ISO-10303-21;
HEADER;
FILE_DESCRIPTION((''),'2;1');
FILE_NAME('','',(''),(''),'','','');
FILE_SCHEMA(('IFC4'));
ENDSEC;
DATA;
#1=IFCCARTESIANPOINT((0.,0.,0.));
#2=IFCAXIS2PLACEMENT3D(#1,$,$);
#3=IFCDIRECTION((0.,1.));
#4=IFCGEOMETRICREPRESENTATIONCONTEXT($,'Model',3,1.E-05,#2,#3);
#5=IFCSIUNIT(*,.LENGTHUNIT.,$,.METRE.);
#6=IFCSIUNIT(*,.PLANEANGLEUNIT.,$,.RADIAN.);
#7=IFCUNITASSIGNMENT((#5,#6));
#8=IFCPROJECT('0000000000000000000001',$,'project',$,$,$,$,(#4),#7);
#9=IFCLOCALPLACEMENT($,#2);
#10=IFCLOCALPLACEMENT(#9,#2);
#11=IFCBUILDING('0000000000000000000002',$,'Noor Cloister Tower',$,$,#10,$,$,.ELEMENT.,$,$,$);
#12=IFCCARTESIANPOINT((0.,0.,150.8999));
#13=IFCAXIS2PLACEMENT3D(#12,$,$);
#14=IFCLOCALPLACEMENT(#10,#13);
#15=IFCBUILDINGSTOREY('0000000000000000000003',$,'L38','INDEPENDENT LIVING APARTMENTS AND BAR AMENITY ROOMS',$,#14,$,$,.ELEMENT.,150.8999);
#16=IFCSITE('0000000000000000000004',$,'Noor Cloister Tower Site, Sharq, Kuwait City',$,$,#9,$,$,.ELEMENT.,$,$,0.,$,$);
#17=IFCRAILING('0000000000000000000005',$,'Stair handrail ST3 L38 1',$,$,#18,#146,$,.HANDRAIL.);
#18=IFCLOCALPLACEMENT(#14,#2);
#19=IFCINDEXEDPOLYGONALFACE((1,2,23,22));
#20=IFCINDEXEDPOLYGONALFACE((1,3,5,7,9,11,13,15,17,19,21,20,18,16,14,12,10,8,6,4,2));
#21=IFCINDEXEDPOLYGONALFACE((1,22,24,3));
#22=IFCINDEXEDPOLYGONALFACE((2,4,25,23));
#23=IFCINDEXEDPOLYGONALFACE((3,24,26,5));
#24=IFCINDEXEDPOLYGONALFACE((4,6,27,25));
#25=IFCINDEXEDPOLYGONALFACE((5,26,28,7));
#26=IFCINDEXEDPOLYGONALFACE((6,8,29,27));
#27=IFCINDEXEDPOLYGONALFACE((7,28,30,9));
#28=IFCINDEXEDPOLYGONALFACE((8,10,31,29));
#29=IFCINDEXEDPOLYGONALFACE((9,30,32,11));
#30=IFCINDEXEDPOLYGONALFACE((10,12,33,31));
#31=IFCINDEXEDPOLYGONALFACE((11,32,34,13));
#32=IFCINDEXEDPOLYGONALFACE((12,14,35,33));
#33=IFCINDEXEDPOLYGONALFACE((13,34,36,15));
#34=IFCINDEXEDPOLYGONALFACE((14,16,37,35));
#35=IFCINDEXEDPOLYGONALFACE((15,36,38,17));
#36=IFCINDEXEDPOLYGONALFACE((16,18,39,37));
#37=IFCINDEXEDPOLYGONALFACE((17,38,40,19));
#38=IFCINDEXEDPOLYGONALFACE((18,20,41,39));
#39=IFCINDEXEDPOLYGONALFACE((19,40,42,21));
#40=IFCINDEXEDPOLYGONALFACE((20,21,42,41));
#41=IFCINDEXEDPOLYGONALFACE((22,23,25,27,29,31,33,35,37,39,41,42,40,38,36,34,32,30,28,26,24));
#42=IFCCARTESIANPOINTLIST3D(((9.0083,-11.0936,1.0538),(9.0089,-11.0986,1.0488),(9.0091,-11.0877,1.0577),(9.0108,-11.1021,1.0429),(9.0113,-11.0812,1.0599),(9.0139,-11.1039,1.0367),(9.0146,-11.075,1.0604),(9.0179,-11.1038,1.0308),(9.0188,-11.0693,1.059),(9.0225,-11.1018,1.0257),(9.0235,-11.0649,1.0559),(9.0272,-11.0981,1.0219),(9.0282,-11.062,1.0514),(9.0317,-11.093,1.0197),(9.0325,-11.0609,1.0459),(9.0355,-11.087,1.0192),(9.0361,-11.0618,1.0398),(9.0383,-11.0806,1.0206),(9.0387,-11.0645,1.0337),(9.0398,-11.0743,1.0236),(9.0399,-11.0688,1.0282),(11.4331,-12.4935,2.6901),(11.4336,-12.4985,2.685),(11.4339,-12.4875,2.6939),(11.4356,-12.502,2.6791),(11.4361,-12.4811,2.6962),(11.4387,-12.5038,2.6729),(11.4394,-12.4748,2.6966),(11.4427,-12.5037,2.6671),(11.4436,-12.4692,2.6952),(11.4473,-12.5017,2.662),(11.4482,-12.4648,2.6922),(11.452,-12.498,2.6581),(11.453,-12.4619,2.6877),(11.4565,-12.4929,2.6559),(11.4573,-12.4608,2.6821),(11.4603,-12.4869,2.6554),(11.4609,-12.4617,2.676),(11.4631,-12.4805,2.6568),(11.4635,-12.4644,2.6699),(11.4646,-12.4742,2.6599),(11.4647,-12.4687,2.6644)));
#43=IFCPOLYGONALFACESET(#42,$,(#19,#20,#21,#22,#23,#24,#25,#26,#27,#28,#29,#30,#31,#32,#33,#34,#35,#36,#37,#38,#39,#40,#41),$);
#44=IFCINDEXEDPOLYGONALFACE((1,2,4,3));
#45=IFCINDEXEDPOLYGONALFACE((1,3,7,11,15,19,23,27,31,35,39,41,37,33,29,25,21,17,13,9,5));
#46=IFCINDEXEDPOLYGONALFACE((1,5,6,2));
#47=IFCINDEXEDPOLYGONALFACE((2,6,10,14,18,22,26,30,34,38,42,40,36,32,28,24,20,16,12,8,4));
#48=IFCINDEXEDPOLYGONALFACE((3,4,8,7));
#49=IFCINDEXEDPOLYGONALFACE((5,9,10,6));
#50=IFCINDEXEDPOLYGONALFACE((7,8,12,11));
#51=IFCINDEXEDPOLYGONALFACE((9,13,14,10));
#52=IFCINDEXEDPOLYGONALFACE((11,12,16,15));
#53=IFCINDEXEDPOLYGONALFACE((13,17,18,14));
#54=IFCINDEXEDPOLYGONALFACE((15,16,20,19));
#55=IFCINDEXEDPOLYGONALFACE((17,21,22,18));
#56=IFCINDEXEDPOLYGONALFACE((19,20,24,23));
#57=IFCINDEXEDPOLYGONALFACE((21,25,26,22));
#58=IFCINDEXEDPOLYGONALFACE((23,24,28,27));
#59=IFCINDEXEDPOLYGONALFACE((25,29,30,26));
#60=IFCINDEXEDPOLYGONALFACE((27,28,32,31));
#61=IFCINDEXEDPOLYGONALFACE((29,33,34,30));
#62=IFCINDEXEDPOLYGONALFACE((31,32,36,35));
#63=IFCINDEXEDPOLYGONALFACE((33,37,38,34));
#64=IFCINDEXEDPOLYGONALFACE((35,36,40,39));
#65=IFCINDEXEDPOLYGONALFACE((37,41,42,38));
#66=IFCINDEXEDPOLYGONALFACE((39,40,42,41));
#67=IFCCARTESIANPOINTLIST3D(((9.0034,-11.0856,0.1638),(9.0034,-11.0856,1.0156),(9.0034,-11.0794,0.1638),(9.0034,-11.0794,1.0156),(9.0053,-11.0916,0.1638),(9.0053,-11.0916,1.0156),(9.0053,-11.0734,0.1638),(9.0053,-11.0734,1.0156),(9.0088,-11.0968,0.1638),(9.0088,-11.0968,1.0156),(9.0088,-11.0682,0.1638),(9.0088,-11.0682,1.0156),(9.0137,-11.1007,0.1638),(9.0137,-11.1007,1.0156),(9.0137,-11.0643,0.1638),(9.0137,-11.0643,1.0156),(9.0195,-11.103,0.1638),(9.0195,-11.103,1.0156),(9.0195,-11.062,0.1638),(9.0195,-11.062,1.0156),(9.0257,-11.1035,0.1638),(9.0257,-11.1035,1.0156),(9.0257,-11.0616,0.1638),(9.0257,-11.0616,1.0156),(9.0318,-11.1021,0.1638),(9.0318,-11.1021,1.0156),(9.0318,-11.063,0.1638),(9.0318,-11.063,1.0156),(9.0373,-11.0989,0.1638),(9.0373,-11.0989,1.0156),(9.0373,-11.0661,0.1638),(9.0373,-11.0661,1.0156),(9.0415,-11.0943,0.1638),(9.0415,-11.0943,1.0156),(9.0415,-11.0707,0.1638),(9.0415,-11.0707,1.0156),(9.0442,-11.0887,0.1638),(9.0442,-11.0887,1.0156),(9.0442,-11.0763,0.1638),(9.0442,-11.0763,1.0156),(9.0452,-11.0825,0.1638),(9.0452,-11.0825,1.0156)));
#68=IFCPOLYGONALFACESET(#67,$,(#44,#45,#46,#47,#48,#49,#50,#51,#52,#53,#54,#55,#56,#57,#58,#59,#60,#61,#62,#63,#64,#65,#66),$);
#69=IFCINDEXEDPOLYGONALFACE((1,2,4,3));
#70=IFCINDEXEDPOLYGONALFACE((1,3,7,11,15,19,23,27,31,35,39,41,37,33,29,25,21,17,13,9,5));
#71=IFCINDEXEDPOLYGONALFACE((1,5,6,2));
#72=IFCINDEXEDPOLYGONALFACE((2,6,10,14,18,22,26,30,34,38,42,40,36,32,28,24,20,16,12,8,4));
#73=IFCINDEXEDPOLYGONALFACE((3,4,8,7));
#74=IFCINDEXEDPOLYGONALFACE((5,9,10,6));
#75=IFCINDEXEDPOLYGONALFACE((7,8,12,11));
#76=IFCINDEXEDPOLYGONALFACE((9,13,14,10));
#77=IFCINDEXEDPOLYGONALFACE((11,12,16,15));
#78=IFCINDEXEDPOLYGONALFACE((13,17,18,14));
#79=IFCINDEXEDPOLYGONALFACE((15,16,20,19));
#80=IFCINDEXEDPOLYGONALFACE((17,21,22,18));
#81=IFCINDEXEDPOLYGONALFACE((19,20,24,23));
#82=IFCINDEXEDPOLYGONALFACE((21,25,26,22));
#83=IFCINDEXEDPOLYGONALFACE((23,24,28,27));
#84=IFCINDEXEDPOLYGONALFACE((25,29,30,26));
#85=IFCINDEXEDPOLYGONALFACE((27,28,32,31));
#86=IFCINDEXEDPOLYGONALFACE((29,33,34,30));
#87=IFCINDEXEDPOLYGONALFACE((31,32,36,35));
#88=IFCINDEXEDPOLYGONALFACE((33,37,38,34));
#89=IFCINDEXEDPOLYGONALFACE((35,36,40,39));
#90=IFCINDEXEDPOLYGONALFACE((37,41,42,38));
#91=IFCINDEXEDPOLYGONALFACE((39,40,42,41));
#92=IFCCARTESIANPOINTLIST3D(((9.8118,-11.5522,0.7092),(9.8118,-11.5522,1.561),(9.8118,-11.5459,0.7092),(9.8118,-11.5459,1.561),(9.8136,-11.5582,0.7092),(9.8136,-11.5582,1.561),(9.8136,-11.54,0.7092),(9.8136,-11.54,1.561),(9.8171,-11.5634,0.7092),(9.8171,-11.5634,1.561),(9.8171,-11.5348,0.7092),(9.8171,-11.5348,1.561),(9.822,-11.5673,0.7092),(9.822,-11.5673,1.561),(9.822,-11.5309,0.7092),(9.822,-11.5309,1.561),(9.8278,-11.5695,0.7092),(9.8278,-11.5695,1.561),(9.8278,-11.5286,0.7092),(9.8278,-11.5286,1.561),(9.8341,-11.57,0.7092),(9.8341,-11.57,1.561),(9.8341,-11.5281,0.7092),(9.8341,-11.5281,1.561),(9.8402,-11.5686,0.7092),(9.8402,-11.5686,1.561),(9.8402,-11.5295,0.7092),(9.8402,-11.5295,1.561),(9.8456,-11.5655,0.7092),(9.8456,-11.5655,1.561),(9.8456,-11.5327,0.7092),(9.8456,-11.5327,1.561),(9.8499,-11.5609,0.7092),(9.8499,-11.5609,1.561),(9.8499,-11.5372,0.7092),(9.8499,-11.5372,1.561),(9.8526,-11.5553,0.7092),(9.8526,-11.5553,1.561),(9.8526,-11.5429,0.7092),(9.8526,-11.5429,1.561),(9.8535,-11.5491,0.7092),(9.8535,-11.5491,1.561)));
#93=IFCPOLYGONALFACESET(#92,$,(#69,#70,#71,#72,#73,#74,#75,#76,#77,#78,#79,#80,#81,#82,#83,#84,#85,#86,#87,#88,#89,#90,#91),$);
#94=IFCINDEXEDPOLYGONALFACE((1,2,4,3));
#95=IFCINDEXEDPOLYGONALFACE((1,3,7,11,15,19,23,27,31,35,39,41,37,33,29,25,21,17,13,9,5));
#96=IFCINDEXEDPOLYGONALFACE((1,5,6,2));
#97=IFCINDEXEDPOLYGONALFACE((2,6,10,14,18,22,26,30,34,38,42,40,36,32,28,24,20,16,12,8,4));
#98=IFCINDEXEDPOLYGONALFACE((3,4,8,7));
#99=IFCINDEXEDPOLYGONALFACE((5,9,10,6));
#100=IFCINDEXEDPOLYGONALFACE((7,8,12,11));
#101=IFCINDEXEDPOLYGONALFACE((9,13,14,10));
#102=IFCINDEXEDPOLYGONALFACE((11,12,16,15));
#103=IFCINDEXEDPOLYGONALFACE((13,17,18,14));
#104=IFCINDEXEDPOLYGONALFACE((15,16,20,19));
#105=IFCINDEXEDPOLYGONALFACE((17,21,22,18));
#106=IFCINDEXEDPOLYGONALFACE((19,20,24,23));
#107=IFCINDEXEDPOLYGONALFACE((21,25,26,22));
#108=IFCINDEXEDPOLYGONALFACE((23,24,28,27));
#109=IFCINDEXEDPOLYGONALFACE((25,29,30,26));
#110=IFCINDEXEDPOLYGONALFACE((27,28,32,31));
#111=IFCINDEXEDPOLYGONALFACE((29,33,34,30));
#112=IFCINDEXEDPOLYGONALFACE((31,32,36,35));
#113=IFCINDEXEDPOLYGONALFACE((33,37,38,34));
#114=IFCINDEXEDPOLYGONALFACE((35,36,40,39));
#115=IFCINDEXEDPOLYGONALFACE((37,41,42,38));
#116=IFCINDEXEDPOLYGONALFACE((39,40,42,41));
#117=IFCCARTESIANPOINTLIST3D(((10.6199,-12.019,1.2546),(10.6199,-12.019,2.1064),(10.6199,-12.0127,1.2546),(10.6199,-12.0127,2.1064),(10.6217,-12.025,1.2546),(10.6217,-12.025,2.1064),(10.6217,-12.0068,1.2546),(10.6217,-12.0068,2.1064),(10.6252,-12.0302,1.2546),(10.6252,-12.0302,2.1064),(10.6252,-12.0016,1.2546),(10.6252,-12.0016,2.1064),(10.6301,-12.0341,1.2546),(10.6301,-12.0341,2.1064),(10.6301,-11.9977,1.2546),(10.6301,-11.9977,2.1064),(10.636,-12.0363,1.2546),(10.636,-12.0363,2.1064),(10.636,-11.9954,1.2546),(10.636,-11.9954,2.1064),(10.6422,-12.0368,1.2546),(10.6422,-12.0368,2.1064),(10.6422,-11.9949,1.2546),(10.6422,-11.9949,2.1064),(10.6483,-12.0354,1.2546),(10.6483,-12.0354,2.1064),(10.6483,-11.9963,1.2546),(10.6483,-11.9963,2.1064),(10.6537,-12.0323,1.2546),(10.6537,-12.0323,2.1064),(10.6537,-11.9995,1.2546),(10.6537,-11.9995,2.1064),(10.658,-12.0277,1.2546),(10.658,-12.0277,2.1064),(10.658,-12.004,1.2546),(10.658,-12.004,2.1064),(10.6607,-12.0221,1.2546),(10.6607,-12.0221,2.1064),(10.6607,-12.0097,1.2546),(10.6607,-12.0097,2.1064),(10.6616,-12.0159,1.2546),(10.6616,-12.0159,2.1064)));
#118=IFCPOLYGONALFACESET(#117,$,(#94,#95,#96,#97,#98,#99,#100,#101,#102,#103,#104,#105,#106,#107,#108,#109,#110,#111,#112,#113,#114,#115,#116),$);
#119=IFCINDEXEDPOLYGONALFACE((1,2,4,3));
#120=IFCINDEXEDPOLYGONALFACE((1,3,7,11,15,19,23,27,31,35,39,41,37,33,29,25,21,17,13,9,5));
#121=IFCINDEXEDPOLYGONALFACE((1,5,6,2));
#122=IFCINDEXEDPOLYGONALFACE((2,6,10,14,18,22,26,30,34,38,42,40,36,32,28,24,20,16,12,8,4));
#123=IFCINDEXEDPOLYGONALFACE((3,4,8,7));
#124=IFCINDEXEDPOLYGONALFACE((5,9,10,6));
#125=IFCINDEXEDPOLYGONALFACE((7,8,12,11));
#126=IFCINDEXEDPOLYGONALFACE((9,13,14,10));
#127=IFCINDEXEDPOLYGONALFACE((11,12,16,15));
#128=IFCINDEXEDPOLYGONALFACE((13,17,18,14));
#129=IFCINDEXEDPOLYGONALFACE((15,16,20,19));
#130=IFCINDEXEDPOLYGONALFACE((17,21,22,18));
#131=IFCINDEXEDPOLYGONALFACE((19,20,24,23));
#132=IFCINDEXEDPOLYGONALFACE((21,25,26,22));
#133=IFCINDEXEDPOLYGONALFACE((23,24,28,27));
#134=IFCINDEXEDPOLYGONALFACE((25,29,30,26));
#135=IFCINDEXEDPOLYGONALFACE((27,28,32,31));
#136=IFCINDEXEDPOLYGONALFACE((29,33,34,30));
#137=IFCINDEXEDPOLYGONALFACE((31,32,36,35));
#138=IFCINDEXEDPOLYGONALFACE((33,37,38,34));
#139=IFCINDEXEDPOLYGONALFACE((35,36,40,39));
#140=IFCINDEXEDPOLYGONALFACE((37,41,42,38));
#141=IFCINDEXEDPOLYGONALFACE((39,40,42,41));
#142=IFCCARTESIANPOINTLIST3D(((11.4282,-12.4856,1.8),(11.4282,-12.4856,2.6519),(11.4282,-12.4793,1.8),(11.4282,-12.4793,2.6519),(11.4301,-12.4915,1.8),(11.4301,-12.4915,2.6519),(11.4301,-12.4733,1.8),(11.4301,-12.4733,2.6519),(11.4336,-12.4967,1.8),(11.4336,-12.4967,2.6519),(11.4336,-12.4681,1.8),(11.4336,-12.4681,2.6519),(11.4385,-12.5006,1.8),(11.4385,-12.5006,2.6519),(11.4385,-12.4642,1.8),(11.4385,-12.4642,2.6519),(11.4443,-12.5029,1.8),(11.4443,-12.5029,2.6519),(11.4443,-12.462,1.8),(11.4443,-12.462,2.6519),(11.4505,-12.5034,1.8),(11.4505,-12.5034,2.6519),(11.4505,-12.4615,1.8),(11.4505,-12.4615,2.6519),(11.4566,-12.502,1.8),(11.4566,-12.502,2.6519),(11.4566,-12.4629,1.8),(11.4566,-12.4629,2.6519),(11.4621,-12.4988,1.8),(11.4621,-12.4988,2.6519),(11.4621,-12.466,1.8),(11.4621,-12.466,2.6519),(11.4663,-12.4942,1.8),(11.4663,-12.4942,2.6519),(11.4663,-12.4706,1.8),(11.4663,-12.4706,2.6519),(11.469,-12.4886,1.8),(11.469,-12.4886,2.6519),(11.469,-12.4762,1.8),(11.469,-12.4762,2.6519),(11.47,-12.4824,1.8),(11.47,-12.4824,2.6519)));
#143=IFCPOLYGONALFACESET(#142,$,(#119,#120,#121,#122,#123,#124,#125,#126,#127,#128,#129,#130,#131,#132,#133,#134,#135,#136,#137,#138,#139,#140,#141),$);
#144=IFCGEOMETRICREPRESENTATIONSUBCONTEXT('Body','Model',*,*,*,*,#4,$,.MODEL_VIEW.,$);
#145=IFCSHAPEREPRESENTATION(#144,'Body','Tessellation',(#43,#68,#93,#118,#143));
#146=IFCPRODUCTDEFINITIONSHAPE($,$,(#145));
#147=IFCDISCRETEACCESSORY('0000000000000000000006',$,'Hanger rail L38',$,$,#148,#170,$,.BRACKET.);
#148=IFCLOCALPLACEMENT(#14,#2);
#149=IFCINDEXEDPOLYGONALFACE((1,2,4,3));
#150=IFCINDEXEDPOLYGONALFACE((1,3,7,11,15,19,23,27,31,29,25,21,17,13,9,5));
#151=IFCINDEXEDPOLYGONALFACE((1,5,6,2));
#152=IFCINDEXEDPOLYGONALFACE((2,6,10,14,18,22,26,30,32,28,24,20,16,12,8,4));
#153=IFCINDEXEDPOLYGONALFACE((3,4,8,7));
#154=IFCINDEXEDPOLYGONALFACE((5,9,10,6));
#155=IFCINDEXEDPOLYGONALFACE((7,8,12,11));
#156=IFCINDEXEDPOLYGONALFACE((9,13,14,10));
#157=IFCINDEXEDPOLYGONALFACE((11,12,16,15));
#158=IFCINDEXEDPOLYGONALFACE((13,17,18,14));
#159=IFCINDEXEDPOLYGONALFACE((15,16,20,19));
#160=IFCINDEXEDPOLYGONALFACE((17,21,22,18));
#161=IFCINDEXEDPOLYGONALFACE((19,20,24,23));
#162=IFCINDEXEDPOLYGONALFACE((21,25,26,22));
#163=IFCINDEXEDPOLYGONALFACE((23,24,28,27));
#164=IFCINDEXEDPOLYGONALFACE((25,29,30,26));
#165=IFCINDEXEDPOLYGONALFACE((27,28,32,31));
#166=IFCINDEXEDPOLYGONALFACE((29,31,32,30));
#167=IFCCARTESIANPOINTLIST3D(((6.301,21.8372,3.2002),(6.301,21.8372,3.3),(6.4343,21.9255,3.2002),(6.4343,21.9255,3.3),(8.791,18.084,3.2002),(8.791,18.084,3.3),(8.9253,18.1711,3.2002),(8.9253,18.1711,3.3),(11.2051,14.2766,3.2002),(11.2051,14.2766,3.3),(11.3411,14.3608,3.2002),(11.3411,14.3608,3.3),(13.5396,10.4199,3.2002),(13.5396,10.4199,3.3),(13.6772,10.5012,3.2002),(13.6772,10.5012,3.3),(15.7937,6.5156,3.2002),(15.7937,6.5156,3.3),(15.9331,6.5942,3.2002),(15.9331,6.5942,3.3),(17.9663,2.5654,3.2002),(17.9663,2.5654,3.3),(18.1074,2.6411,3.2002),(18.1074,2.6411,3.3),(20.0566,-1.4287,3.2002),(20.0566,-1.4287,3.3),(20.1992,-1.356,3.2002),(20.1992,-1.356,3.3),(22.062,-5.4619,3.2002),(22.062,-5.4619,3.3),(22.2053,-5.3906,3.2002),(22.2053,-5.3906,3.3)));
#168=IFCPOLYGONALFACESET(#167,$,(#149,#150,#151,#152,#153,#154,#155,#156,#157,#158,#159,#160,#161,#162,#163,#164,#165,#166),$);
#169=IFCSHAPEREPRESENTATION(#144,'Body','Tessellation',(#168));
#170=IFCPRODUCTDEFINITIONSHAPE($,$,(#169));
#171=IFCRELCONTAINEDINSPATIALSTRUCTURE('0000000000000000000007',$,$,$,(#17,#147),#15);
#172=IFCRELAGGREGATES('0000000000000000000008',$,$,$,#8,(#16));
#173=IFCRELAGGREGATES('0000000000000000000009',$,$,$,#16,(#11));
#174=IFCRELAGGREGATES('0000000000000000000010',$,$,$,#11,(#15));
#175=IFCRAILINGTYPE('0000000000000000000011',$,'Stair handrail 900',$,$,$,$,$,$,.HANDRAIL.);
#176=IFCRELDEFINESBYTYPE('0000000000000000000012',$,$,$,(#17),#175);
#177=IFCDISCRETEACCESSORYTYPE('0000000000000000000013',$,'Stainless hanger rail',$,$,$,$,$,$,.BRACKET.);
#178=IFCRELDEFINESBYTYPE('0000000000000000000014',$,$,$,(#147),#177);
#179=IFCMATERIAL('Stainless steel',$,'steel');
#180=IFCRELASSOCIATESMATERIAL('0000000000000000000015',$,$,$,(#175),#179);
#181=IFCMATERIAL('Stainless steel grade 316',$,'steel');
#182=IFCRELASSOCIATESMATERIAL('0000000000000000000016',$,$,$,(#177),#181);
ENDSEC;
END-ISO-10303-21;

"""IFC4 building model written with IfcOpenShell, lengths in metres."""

from ifc_helpers import new_model, si_unit, direction, frame, origin, origin_2d, place, context, subcontext, project, spatial, polyline, circle, outline, extrude, material, type_object, element, save


model = new_model("IFC4")

# Units and contexts
model_context = context("Model", 3, precision=1e-05, world=origin(), true_north=direction((0.0, 1.0)))
body_context = subcontext(model_context, "Body", "Model", "MODEL_VIEW")
ifc_project = project(units=[si_unit("LENGTHUNIT", "METRE"), si_unit("PLANEANGLEUNIT", "RADIAN")], contexts=[model_context])

# Site, building, storey
site_placement = place(None, origin())
site = spatial("IfcSite", under=ifc_project, at=site_placement, Name="Noor Cloister Tower Site, Sharq, Kuwait City", CompositionType="ELEMENT", RefElevation=0.0)
building_placement = place(site_placement, origin())
building = spatial("IfcBuilding", under=site, at=building_placement, Name="Noor Cloister Tower", CompositionType="ELEMENT")
storey_placement = place(building_placement, frame((0.0, 0.0, 150.8999)))
storey = spatial("IfcBuildingStorey", under=building, at=storey_placement, Name="L38", Description="INDEPENDENT LIVING APARTMENTS AND BAR AMENITY ROOMS", CompositionType="ELEMENT", Elevation=150.8999)

# Railing
ifc_material_1 = material(Name="Stainless steel", Category="steel")
railing_type = type_object("IfcRailingType", Name="Stair handrail 900", PredefinedType="HANDRAIL", material=ifc_material_1)
railing_placement = place(storey_placement, frame((9.0242, -11.0825, 0.1638)))
element("IfcRailing", 1, at=railing_placement, inside=storey, type_object=railing_type, Name="Stair handrail ST3 L38 1", PredefinedType="HANDRAIL", context=body_context, shape_type="SweptSolid", body=[
    extrude(circle(Radius=0.0239, at=origin_2d()), frame((0.0, 0.0, 0.876), z_axis=(0.747718, -0.431677, 0.504552), x_axis=(0.499984, 0.866035, 0.0)), (0.0, 0.0, 1.0), 3.2429),
    extrude(circle(Radius=0.021, at=origin_2d()), origin(), (0.0, 0.0, 1.0), 0.8518),
    extrude(circle(Radius=0.021, at=origin_2d()), frame((0.8083, -0.4666, 0.5454)), (0.0, 0.0, 1.0), 0.8518),
    extrude(circle(Radius=0.021, at=origin_2d()), frame((1.6165, -0.9333, 1.0908)), (0.0, 0.0, 1.0), 0.8518),
    extrude(circle(Radius=0.021, at=origin_2d()), frame((2.4248, -1.3999, 1.6362)), (0.0, 0.0, 1.0), 0.8518),
])

# Discrete accessory
ifc_material_2 = material(Name="Stainless steel grade 316", Category="steel")
discrete_accessory_type = type_object("IfcDiscreteAccessoryType", Name="Stainless hanger rail", PredefinedType="BRACKET", material=ifc_material_2)
discrete_accessory_placement = place(storey_placement, frame((0.0, 0.0, 3.2002)))
element("IfcDiscreteAccessory", 2, at=discrete_accessory_placement, inside=storey, type_object=discrete_accessory_type, Name="Hanger rail L38", PredefinedType="BRACKET", context=body_context, shape_type="SweptSolid", body=[
    extrude(outline(polyline([(22.2053, -5.3906), (20.1992, -1.356), (18.1074, 2.6411), (15.9331, 6.5942), (13.6772, 10.5012), (11.3411, 14.3608), (8.9253, 18.1711), (6.4343, 21.9255), (6.301, 21.8372), (8.791, 18.084), (11.2051, 14.2766), (13.5396, 10.4199), (15.7937, 6.5156), (17.9663, 2.5654), (20.0566, -1.4287), (22.062, -5.4619), (22.2053, -5.3906)])), origin(), (0.0, 0.0, 1.0), 0.0999),
])

save(model, "model.ifc")
